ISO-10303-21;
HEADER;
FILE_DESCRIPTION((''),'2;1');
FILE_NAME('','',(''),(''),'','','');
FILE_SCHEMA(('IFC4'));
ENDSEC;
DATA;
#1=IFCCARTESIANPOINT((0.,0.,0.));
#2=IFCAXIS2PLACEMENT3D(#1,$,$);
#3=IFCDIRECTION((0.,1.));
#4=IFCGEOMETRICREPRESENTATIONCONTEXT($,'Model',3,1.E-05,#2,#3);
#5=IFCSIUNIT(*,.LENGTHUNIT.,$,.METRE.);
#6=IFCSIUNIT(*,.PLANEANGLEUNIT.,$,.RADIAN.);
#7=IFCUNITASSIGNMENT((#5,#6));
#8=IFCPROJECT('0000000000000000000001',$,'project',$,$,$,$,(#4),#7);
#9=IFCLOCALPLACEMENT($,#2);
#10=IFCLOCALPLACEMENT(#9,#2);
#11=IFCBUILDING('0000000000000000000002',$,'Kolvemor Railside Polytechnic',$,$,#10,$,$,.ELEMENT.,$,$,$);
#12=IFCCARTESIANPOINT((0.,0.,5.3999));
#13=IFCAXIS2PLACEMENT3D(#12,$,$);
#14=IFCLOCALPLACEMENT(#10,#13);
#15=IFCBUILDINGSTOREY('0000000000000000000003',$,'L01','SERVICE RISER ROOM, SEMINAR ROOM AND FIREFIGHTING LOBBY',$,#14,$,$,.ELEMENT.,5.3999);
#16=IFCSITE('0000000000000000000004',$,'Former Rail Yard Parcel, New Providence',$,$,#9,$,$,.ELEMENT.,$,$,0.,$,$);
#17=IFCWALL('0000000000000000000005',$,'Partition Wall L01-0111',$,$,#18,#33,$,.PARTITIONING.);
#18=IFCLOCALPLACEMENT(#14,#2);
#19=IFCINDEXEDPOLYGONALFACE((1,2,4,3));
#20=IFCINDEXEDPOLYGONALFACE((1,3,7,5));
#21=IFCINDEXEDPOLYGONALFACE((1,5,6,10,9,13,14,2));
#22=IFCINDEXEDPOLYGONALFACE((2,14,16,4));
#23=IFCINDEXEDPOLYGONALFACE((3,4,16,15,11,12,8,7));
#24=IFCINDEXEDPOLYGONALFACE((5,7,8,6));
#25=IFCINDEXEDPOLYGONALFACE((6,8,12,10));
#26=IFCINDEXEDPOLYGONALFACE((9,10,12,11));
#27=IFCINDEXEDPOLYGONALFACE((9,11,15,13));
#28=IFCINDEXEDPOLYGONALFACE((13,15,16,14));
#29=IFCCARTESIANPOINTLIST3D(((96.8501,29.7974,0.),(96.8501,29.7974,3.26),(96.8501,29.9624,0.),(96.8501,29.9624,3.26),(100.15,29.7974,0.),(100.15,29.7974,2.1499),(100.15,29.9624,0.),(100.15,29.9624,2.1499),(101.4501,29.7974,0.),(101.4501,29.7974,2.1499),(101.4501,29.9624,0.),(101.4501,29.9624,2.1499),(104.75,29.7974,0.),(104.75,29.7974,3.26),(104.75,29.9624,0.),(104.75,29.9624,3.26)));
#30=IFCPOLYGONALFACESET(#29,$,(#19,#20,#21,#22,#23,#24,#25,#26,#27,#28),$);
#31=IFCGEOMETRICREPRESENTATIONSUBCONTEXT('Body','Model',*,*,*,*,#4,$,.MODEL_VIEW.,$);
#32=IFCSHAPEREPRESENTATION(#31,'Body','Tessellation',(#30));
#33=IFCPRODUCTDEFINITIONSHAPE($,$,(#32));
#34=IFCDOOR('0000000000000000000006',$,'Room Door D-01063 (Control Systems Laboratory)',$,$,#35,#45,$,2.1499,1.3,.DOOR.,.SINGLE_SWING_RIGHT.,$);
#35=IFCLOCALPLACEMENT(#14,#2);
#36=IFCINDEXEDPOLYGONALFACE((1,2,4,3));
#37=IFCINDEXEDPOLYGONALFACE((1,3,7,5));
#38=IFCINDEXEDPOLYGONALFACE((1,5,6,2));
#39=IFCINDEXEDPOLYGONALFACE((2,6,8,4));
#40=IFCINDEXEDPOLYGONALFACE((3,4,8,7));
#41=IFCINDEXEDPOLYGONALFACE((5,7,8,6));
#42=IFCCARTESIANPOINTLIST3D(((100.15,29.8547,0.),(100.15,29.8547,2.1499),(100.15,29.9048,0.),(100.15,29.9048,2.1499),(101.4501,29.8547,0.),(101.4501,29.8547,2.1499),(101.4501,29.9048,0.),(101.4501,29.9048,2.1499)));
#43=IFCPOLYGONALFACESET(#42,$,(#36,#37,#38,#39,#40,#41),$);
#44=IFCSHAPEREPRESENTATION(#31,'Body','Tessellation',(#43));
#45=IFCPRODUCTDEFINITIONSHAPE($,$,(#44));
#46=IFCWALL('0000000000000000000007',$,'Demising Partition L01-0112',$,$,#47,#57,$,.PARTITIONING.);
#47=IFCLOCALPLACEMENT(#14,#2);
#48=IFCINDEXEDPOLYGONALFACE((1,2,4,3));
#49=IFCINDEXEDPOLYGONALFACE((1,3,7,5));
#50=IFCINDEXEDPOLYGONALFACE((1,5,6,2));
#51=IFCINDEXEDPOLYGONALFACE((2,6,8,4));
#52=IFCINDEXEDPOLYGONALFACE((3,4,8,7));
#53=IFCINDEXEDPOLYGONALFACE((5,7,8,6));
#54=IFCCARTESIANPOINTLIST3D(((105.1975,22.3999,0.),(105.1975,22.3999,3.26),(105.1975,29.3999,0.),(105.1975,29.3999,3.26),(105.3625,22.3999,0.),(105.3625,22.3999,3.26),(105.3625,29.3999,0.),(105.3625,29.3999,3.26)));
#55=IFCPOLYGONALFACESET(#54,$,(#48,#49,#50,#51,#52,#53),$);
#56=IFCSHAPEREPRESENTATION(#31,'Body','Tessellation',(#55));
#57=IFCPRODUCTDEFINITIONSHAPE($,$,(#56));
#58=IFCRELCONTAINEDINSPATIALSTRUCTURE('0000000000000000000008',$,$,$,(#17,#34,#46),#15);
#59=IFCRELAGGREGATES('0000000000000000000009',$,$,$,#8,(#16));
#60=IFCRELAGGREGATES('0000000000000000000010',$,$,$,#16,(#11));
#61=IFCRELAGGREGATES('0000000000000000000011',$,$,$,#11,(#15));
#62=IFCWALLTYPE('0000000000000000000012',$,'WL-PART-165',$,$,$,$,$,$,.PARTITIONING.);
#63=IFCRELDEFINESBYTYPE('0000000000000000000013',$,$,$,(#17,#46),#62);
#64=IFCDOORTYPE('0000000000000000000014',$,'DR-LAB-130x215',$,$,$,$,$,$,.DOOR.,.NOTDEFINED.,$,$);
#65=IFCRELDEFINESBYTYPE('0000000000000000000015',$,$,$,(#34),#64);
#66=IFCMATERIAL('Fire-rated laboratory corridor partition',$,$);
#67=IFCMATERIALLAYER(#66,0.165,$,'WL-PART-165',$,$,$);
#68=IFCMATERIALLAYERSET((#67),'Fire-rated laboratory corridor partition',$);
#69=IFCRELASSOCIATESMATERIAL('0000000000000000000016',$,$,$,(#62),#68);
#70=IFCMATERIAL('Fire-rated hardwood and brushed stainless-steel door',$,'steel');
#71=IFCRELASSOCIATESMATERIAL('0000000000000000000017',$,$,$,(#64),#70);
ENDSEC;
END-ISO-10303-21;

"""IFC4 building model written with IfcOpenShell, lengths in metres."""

from ifc_helpers import new_model, si_unit, direction, frame, frame_2d, origin, place, context, subcontext, project, spatial, rectangle, extrude, material, layer, layer_set, type_object, element, fill, save


model = new_model("IFC4")

# Units and contexts
model_context = context("Model", 3, precision=1e-05, world=origin(), true_north=direction((0.0, 1.0)))
body_context = subcontext(model_context, "Body", "Model", "MODEL_VIEW")
ifc_project = project(units=[si_unit("LENGTHUNIT", "METRE"), si_unit("PLANEANGLEUNIT", "RADIAN")], contexts=[model_context])

# Site, building, storey
site_placement = place(None, origin())
site = spatial("IfcSite", under=ifc_project, at=site_placement, Name="Former Rail Yard Parcel, New Providence", CompositionType="ELEMENT", RefElevation=0.0)
building_placement = place(site_placement, origin())
building = spatial("IfcBuilding", under=site, at=building_placement, Name="Kolvemor Railside Polytechnic", CompositionType="ELEMENT")
storey_placement = place(building_placement, frame((0.0, 0.0, 5.3999)))
storey = spatial("IfcBuildingStorey", under=building, at=storey_placement, Name="L01", Description="SERVICE RISER ROOM, SEMINAR ROOM AND FIREFIGHTING LOBBY", CompositionType="ELEMENT", Elevation=5.3999)

# Wall, opening, door
ifc_material_1 = material(Name="Fire-rated laboratory corridor partition")
ifc_layer_1 = layer(ifc_material_1, 0.165, Name="WL-PART-165")
ifc_layer_set_1 = layer_set([ifc_layer_1], Name="Fire-rated laboratory corridor partition")
wall_type_1 = type_object("IfcWallType", Name="WL-PART-165", PredefinedType="PARTITIONING", material=ifc_layer_set_1)
wall_1_placement = place(storey_placement, frame((96.8501, 29.8799, 0.0), z_axis=(0.0, 0.0, 1.0), x_axis=(1.0, 0.0, 0.0)))
wall_1 = element("IfcWall", 1, at=wall_1_placement, inside=storey, type_object=wall_type_1, Name="Partition Wall L01-0111", PredefinedType="PARTITIONING", context=body_context, shape_type="SweptSolid", body=[
    extrude(rectangle(XDim=7.8999, YDim=0.165, at=frame_2d((3.95, 0.0))), origin(), (0.0, 0.0, 1.0), 3.26),
])
opening_1_placement = place(wall_1_placement, frame((3.3, 0.0, 0.0)))
opening_1 = element("IfcOpeningElement", 2, at=opening_1_placement, cuts=wall_1, PredefinedType="OPENING", context=body_context, shape_type="SweptSolid", body=[
    extrude(rectangle(XDim=1.3, YDim=2.1499, at=frame_2d((0.6499, 1.075))), frame((0.0, 0.0925, 0.0), z_axis=(0.0, -1.0, 0.0), x_axis=(1.0, 0.0, 0.0)), (0.0, 0.0, 1.0), 0.1851),
])
ifc_material_2 = material(Name="Fire-rated hardwood and brushed stainless-steel door", Category="steel")
door_type_1 = type_object("IfcDoorType", Name="DR-LAB-130x215", OperationType="NOTDEFINED", PredefinedType="DOOR", material=ifc_material_2)
door_1_placement = place(opening_1_placement, origin())
door_1 = element("IfcDoor", 3, at=door_1_placement, inside=storey, type_object=door_type_1, Name="Room Door D-01063 (Control Systems Laboratory)", OperationType="SINGLE_SWING_RIGHT", OverallHeight=2.1499, OverallWidth=1.3, PredefinedType="DOOR", context=body_context, shape_type="SweptSolid", body=[
    extrude(rectangle(XDim=1.3, YDim=2.1499, at=frame_2d((0.6499, 1.075))), frame((0.0, 0.0249, 0.0), z_axis=(0.0, -1.0, 0.0), x_axis=(1.0, 0.0, 0.0)), (0.0, 0.0, 1.0), 0.05),
])
fill(opening_1, door_1)

# Wall
wall_2_placement = place(storey_placement, frame((105.28, 22.3999, 0.0), z_axis=(0.0, 0.0, 1.0), x_axis=(0.0, 1.0, 0.0)))
element("IfcWall", 4, at=wall_2_placement, inside=storey, type_object=wall_type_1, Name="Demising Partition L01-0112", PredefinedType="PARTITIONING", context=body_context, shape_type="SweptSolid", body=[
    extrude(rectangle(XDim=7.0, YDim=0.165, at=frame_2d((3.5, 0.0))), origin(), (0.0, 0.0, 1.0), 3.26),
])

save(model, "model.ifc")
